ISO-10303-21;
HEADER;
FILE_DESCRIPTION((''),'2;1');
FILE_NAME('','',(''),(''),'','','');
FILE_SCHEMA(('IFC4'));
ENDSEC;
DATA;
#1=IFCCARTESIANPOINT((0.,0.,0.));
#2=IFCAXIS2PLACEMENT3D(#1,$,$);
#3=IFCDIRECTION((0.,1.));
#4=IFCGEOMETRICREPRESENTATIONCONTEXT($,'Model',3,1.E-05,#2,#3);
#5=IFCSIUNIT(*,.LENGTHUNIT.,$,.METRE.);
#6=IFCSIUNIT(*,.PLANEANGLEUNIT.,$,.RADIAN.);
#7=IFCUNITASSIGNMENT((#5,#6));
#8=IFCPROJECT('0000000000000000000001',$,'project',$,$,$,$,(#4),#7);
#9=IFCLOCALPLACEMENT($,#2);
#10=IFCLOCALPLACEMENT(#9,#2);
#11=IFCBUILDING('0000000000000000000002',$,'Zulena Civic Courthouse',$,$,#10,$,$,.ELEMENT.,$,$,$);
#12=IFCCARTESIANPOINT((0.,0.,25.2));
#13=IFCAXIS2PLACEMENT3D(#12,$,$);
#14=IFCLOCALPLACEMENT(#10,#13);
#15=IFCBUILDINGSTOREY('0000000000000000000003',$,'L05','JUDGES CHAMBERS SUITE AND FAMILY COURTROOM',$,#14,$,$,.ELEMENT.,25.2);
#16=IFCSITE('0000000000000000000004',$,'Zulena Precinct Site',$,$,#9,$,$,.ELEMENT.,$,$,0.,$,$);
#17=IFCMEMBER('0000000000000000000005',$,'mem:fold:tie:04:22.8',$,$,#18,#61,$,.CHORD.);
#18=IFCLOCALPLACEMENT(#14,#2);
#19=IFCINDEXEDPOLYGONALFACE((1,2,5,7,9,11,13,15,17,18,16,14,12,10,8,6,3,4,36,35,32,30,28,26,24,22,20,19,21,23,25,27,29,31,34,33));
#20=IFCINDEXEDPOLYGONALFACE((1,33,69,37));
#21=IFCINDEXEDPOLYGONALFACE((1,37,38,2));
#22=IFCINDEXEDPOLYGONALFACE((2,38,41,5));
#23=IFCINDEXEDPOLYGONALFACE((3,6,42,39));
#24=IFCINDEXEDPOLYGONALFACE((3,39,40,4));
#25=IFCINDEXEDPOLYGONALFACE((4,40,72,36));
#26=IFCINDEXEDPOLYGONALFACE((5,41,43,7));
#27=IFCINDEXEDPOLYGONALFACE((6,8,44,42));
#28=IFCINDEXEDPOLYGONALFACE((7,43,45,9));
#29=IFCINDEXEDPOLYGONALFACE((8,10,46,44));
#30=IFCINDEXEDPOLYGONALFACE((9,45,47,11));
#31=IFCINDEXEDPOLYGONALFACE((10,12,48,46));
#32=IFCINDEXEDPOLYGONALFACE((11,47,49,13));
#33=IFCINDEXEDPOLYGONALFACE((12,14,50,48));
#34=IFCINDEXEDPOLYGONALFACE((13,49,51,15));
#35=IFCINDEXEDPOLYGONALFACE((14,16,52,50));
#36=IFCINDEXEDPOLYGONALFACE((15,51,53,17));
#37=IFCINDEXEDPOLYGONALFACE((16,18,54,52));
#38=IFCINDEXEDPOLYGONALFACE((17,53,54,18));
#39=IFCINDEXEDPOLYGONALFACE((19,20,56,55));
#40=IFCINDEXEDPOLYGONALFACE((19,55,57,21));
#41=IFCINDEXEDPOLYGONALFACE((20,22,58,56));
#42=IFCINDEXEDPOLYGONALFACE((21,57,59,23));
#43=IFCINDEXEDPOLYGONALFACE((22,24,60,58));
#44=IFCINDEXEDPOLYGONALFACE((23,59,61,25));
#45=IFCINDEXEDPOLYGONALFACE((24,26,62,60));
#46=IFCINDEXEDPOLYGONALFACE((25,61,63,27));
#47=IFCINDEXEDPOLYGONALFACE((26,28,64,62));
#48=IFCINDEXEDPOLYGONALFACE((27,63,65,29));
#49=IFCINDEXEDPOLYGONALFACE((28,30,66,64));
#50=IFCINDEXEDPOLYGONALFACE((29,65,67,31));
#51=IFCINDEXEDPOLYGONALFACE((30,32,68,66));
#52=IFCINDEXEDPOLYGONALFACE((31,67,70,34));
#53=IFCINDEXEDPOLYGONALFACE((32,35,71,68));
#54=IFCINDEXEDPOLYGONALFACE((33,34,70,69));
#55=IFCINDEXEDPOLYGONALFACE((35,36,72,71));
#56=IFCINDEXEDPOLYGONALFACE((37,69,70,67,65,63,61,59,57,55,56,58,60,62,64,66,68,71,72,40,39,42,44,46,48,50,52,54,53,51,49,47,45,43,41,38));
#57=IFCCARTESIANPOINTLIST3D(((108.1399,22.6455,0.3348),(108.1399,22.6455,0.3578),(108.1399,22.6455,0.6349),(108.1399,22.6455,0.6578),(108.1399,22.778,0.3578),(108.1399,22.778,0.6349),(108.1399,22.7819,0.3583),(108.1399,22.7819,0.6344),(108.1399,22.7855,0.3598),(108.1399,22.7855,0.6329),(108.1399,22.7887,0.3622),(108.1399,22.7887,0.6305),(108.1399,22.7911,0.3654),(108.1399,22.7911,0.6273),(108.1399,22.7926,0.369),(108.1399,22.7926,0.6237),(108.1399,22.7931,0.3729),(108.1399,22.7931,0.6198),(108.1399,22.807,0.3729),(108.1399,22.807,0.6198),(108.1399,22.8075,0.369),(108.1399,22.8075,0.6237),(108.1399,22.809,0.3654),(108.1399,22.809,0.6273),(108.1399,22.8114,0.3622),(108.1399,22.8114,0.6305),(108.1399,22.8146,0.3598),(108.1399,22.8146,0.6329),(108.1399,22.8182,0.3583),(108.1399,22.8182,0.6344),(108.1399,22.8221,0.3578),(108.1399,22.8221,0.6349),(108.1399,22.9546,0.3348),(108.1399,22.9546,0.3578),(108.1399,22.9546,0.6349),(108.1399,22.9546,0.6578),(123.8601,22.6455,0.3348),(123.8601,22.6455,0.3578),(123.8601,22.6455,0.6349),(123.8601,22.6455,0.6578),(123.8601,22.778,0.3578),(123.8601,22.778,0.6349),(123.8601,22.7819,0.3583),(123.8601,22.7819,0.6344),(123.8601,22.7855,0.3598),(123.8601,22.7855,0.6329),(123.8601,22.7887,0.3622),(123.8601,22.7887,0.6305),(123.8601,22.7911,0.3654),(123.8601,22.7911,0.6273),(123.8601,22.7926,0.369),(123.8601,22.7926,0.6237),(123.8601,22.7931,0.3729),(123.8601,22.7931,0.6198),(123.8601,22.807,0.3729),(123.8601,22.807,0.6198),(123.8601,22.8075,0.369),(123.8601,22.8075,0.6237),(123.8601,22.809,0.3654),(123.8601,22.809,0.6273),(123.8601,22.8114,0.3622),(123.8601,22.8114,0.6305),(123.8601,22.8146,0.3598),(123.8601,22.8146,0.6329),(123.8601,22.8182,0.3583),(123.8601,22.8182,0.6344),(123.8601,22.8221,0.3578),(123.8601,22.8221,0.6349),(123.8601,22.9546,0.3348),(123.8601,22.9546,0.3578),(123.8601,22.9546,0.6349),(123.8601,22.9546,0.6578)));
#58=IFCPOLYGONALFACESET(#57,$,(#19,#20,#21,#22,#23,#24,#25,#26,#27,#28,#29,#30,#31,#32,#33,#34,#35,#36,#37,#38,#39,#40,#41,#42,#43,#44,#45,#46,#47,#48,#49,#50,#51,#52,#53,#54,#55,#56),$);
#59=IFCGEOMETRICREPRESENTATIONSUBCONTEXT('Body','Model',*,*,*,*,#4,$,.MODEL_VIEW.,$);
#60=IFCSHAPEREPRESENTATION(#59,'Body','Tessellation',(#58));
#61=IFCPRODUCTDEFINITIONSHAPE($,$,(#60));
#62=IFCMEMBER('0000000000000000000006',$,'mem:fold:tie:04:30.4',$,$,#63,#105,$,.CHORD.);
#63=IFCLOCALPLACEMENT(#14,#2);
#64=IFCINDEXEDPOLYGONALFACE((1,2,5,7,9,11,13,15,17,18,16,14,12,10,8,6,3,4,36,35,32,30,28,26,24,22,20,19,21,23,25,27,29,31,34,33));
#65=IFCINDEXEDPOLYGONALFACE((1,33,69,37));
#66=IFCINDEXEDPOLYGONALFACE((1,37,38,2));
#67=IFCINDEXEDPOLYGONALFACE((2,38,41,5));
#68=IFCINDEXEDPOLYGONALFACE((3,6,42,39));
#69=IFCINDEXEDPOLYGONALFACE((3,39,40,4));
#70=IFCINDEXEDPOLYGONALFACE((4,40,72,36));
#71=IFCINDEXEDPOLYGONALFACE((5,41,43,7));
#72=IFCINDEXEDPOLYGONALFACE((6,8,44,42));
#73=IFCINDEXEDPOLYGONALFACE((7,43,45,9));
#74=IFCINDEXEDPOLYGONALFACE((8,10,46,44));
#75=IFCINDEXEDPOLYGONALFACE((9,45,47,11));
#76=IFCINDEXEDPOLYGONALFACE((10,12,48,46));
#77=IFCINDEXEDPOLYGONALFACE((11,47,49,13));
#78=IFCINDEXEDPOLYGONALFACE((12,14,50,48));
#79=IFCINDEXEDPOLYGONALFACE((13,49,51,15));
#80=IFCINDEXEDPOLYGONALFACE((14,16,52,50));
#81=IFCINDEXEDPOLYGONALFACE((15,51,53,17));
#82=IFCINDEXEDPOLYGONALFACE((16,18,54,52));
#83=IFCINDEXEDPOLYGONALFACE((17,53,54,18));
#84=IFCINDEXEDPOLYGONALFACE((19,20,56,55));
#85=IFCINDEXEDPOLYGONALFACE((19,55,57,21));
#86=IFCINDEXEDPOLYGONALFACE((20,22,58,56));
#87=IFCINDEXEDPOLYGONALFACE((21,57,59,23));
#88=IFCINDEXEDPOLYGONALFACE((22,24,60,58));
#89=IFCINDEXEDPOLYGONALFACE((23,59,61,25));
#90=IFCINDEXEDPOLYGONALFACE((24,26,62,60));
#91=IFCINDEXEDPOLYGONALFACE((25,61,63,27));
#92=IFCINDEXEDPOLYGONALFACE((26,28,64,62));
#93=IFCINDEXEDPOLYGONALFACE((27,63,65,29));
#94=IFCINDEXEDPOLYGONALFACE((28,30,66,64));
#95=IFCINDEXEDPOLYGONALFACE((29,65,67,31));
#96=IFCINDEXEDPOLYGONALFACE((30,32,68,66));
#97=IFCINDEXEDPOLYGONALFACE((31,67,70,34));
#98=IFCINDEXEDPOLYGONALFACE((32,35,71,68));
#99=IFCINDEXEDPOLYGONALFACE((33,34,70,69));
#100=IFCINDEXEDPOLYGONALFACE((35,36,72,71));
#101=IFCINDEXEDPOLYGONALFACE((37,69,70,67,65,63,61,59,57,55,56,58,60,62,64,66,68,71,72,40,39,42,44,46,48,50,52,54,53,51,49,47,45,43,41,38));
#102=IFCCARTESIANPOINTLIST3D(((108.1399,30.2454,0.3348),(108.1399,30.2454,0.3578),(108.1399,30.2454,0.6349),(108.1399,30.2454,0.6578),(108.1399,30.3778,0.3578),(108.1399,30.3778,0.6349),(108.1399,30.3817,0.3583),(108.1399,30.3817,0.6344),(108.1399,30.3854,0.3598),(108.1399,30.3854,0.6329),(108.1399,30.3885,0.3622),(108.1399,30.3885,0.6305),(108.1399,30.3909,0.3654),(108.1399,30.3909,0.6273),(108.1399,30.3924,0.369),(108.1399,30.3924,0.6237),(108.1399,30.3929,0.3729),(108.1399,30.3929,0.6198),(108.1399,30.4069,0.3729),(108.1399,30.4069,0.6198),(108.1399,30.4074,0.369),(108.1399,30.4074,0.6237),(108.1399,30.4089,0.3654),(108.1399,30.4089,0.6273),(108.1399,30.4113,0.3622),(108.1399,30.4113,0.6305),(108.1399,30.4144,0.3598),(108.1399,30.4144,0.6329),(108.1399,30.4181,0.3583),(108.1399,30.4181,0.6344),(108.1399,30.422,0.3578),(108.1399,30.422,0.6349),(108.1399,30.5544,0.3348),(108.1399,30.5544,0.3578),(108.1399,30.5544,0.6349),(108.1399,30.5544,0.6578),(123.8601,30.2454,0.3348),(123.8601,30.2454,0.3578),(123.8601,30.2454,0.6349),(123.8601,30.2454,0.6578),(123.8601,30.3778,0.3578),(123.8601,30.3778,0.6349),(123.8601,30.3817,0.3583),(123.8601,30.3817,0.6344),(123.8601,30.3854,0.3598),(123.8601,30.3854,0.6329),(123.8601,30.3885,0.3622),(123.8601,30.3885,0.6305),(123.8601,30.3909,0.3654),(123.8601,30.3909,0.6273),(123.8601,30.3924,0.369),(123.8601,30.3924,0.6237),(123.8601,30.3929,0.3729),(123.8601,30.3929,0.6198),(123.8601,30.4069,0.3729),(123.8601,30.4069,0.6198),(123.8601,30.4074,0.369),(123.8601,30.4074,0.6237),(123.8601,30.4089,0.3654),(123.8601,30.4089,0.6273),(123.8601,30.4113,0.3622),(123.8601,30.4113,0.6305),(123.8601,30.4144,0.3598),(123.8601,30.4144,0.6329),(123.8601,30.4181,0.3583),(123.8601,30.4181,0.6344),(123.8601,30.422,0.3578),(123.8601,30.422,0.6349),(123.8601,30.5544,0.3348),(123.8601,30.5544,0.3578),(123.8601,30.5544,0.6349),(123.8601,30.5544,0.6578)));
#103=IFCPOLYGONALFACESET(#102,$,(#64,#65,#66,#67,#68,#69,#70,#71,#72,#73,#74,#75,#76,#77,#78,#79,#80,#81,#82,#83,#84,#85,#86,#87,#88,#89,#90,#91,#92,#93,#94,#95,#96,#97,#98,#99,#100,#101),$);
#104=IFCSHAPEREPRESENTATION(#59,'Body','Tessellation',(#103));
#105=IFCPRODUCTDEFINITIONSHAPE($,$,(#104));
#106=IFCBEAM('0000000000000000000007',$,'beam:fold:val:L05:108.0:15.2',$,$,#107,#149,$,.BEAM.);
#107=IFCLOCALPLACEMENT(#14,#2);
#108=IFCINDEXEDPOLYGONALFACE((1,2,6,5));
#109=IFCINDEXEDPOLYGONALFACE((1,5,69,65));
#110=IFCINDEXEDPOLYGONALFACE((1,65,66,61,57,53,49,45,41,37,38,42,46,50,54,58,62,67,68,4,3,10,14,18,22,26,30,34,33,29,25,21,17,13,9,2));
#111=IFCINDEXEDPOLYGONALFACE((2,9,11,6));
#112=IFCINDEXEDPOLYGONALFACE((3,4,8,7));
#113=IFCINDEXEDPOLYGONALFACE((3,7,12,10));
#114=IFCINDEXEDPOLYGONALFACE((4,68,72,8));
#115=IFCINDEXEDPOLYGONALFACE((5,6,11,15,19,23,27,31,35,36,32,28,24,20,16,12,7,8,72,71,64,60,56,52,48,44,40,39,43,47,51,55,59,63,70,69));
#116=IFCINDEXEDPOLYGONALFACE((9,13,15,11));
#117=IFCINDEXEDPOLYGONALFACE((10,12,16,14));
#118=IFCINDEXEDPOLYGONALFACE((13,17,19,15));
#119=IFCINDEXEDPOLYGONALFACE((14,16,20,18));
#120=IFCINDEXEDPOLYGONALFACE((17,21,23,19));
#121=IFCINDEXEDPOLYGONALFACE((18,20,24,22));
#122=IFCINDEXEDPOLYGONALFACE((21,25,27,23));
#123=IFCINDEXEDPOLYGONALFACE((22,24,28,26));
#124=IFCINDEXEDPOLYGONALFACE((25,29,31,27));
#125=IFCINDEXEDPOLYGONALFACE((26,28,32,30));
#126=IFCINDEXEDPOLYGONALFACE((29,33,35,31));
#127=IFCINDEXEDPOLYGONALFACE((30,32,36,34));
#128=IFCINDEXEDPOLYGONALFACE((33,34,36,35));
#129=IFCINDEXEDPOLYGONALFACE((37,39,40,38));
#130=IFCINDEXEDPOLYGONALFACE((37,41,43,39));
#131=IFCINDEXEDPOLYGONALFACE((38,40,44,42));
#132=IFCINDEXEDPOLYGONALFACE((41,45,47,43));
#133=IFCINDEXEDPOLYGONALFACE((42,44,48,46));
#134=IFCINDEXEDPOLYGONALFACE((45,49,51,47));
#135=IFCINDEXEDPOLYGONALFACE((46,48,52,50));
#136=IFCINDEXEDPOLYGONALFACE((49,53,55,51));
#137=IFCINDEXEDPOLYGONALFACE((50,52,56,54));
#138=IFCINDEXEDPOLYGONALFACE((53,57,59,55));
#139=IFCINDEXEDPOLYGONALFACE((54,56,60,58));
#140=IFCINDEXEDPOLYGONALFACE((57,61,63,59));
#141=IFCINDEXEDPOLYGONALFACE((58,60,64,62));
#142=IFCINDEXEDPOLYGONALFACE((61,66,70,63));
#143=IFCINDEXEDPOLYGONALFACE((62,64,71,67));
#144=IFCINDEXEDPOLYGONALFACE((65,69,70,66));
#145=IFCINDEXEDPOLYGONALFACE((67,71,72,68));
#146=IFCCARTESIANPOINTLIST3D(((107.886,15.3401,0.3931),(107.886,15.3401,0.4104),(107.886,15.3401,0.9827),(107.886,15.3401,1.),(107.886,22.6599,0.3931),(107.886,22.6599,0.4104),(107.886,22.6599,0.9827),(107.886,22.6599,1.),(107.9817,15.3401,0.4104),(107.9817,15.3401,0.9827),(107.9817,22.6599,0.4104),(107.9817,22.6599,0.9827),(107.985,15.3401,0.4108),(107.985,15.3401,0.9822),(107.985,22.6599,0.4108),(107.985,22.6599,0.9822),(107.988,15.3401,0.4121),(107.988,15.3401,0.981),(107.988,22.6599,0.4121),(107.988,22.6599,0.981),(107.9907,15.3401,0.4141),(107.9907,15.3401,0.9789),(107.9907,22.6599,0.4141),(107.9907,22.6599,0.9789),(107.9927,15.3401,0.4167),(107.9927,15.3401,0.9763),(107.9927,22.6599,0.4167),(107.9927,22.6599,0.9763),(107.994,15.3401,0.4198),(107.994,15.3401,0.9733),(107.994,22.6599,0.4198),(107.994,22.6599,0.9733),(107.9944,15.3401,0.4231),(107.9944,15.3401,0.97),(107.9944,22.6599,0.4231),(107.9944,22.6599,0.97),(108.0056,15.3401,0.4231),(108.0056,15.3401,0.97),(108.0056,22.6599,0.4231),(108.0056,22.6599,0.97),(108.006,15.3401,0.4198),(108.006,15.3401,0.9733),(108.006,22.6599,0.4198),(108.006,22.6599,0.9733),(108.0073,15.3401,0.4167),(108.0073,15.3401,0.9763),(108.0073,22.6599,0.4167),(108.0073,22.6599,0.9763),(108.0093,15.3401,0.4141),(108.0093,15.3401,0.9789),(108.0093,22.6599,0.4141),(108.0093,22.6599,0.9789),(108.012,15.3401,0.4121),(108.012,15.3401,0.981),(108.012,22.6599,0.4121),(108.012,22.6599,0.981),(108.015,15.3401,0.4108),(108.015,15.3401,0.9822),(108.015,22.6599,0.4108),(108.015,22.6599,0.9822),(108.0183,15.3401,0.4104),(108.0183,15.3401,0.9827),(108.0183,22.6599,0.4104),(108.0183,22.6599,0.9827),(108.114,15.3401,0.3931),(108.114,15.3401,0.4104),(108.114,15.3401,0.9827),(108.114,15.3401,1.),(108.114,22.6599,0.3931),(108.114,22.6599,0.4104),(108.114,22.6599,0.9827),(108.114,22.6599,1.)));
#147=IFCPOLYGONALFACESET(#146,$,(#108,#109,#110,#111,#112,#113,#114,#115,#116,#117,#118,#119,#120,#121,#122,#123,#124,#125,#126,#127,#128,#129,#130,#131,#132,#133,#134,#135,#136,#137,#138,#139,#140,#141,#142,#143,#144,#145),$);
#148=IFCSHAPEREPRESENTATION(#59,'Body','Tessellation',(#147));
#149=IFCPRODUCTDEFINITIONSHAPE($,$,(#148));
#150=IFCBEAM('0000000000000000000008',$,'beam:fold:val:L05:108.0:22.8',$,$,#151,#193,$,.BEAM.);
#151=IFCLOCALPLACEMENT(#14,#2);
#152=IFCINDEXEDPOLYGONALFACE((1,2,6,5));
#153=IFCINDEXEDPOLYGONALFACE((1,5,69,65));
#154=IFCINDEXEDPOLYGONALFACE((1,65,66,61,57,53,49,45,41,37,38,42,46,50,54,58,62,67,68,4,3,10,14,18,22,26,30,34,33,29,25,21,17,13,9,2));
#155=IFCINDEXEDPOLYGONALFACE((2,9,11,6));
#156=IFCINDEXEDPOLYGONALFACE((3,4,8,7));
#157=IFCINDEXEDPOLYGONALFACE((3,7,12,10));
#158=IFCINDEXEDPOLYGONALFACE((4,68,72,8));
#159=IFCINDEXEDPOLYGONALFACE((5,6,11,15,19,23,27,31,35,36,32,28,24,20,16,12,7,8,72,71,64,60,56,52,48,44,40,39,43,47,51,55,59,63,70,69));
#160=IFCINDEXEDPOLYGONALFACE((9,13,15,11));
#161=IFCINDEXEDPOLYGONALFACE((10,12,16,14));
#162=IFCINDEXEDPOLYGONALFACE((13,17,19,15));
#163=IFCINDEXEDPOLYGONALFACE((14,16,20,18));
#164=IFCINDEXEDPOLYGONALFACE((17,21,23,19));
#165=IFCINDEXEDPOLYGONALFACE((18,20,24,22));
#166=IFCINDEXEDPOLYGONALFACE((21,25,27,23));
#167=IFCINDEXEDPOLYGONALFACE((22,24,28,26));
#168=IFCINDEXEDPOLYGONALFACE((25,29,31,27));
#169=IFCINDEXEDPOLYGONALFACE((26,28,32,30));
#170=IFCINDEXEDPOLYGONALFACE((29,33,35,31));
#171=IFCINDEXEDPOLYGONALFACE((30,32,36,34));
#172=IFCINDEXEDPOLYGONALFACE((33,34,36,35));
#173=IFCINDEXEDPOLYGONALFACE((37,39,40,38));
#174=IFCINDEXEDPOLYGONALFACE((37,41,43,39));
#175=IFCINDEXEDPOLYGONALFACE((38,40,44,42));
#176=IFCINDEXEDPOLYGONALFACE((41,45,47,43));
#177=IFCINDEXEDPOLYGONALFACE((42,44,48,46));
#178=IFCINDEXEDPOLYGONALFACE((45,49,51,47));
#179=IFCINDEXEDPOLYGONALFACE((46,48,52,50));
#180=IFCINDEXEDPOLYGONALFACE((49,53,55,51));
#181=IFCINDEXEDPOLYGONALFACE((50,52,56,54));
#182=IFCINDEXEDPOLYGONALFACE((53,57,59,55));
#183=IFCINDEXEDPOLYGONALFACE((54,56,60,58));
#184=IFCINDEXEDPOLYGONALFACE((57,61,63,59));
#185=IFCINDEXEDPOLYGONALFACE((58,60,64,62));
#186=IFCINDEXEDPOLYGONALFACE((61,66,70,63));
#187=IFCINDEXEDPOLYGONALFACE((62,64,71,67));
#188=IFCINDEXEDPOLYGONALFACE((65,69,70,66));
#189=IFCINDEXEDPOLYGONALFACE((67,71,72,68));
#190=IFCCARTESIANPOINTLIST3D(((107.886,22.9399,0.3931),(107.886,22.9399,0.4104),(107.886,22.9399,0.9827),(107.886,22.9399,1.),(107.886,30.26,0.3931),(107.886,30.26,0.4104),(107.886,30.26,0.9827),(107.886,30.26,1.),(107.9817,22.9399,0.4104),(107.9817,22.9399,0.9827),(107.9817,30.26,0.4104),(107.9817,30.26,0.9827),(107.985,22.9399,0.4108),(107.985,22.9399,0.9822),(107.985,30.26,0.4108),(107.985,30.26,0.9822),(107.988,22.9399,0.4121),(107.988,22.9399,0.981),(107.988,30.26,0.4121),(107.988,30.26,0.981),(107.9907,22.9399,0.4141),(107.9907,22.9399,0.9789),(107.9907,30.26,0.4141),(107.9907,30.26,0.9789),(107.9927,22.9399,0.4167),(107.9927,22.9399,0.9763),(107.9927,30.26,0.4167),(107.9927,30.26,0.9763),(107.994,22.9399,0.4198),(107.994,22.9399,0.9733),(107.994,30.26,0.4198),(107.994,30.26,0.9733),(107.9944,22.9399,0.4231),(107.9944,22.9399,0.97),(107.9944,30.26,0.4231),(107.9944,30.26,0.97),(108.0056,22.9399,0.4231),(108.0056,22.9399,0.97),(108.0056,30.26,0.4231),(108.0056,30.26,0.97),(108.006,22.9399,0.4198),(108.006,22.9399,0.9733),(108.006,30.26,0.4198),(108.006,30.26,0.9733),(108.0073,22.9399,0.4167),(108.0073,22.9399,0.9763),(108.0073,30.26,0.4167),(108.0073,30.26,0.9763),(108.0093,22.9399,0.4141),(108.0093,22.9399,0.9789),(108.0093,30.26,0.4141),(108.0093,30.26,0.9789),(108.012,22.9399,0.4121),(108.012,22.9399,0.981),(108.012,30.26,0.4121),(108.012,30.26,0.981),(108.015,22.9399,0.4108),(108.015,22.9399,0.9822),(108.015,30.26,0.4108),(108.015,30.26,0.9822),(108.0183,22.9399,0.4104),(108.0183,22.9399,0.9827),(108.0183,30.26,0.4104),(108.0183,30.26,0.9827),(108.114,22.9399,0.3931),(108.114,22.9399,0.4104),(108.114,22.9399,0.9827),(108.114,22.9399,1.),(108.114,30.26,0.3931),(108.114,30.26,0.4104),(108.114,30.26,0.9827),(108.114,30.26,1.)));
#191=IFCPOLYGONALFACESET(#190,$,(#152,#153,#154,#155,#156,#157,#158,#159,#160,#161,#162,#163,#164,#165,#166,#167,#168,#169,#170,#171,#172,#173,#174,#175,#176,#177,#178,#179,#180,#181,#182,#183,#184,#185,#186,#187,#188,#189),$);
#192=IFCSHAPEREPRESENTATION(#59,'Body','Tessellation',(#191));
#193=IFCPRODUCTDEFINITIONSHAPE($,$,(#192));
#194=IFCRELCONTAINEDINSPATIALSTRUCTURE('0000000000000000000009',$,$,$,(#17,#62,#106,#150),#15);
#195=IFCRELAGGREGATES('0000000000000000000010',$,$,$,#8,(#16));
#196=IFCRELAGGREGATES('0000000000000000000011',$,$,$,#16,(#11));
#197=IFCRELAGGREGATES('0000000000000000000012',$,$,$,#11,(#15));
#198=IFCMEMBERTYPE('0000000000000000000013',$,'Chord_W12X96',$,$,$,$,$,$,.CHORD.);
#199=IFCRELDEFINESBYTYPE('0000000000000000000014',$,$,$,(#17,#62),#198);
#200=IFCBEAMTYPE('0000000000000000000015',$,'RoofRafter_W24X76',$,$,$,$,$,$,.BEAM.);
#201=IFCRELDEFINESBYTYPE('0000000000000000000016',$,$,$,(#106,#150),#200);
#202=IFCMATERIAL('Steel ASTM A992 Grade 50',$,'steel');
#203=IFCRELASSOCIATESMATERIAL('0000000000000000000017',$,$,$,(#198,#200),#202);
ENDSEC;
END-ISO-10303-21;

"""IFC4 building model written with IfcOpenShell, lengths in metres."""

from ifc_helpers import new_model, si_unit, direction, frame, origin, origin_2d, place, context, subcontext, project, spatial, i_section, extrude, material, material_profile, profile_set, type_object, element, save


model = new_model("IFC4")

# Units and contexts
model_context = context("Model", 3, precision=1e-05, world=origin(), true_north=direction((0.0, 1.0)))
body_context = subcontext(model_context, "Body", "Model", "MODEL_VIEW")
ifc_project = project(units=[si_unit("LENGTHUNIT", "METRE"), si_unit("PLANEANGLEUNIT", "RADIAN")], contexts=[model_context])

# Site, building, storey
site_placement = place(None, origin())
site = spatial("IfcSite", under=ifc_project, at=site_placement, Name="Zulena Precinct Site", CompositionType="ELEMENT", RefElevation=0.0)
building_placement = place(site_placement, origin())
building = spatial("IfcBuilding", under=site, at=building_placement, Name="Zulena Civic Courthouse", CompositionType="ELEMENT")
storey_placement = place(building_placement, frame((0.0, 0.0, 25.2)))
storey = spatial("IfcBuildingStorey", under=building, at=storey_placement, Name="L05", Description="JUDGES CHAMBERS SUITE AND FAMILY COURTROOM", CompositionType="ELEMENT", Elevation=25.2)

# Shared definitions
ifc_material_1 = material(Name="Steel ASTM A992 Grade 50", Category="steel")

# Members
ifc_material_profile_1 = material_profile(ifc_material_1, i_section(OverallWidth=0.3091, OverallDepth=0.323, WebThickness=0.0139, FlangeThickness=0.0229, FilletRadius=0.0151, at=origin_2d()), Name="W12X96")
ifc_profile_set_1 = profile_set([ifc_material_profile_1], Name="Steel ASTM A992 Grade 50")
member_type_1 = type_object("IfcMemberType", Name="Chord_W12X96", PredefinedType="CHORD", material=ifc_profile_set_1)
for number, where, z_axis, x_axis, name in (
    (1, (108.1399, 22.8, 0.4963), (1.0, 0.0, 0.0), (0.0, 1.0, 0.0), "mem:fold:tie:04:22.8"),
    (2, (108.1399, 30.3999, 0.4963), (1.0, 0.0, 0.0), (0.0, 1.0, 0.0), "mem:fold:tie:04:30.4"),
):
    element("IfcMember", number, at=place(storey_placement, frame(where, z_axis=z_axis, x_axis=x_axis)), inside=storey, type_object=member_type_1, Name=name, PredefinedType="CHORD", context=body_context, shape_type="SweptSolid", body=[
        extrude(i_section(OverallWidth=0.3091, OverallDepth=0.323, WebThickness=0.0139, FlangeThickness=0.0229, FilletRadius=0.0151, at=origin_2d()), origin(), (0.0, 0.0, 1.0), 15.7202),
    ])

# Beams
ifc_material_profile_2 = material_profile(ifc_material_1, i_section(OverallWidth=0.228, OverallDepth=0.6069, WebThickness=0.0112, FlangeThickness=0.0173, FilletRadius=0.0127, at=origin_2d()), Name="W24X76")
ifc_profile_set_2 = profile_set([ifc_material_profile_2], Name="Steel ASTM A992 Grade 50")
beam_type = type_object("IfcBeamType", Name="RoofRafter_W24X76", PredefinedType="BEAM", material=ifc_profile_set_2)
beam_placement = place(storey_placement, frame((108.0, 15.3401, 0.6965), z_axis=(0.0, 1.0, 0.0), x_axis=(-1.0, 0.0, 0.0)))
element("IfcBeam", 3, at=beam_placement, inside=storey, type_object=beam_type, Name="beam:fold:val:L05:108.0:15.2", PredefinedType="BEAM", context=body_context, shape_type="SweptSolid", body=[
    extrude(i_section(OverallWidth=0.228, OverallDepth=0.6069, WebThickness=0.0112, FlangeThickness=0.0173, FilletRadius=0.0127, at=origin_2d()), origin(), (0.0, 0.0, 1.0), 7.3198),
])
for number, where, z_axis, x_axis, name in (
    (4, (108.0, 22.9399, 0.6965), (0.0, 1.0, 0.0), (-1.0, 0.0, 0.0), "beam:fold:val:L05:108.0:22.8"),
):
    element("IfcBeam", number, at=place(storey_placement, frame(where, z_axis=z_axis, x_axis=x_axis)), inside=storey, type_object=beam_type, Name=name, PredefinedType="BEAM", context=body_context, shape_type="SweptSolid", body=[
        extrude(i_section(OverallWidth=0.228, OverallDepth=0.6069, WebThickness=0.0112, FlangeThickness=0.0173, FilletRadius=0.0127, at=origin_2d()), origin(), (0.0, 0.0, 1.0), 7.3201),
    ])

save(model, "model.ifc")
